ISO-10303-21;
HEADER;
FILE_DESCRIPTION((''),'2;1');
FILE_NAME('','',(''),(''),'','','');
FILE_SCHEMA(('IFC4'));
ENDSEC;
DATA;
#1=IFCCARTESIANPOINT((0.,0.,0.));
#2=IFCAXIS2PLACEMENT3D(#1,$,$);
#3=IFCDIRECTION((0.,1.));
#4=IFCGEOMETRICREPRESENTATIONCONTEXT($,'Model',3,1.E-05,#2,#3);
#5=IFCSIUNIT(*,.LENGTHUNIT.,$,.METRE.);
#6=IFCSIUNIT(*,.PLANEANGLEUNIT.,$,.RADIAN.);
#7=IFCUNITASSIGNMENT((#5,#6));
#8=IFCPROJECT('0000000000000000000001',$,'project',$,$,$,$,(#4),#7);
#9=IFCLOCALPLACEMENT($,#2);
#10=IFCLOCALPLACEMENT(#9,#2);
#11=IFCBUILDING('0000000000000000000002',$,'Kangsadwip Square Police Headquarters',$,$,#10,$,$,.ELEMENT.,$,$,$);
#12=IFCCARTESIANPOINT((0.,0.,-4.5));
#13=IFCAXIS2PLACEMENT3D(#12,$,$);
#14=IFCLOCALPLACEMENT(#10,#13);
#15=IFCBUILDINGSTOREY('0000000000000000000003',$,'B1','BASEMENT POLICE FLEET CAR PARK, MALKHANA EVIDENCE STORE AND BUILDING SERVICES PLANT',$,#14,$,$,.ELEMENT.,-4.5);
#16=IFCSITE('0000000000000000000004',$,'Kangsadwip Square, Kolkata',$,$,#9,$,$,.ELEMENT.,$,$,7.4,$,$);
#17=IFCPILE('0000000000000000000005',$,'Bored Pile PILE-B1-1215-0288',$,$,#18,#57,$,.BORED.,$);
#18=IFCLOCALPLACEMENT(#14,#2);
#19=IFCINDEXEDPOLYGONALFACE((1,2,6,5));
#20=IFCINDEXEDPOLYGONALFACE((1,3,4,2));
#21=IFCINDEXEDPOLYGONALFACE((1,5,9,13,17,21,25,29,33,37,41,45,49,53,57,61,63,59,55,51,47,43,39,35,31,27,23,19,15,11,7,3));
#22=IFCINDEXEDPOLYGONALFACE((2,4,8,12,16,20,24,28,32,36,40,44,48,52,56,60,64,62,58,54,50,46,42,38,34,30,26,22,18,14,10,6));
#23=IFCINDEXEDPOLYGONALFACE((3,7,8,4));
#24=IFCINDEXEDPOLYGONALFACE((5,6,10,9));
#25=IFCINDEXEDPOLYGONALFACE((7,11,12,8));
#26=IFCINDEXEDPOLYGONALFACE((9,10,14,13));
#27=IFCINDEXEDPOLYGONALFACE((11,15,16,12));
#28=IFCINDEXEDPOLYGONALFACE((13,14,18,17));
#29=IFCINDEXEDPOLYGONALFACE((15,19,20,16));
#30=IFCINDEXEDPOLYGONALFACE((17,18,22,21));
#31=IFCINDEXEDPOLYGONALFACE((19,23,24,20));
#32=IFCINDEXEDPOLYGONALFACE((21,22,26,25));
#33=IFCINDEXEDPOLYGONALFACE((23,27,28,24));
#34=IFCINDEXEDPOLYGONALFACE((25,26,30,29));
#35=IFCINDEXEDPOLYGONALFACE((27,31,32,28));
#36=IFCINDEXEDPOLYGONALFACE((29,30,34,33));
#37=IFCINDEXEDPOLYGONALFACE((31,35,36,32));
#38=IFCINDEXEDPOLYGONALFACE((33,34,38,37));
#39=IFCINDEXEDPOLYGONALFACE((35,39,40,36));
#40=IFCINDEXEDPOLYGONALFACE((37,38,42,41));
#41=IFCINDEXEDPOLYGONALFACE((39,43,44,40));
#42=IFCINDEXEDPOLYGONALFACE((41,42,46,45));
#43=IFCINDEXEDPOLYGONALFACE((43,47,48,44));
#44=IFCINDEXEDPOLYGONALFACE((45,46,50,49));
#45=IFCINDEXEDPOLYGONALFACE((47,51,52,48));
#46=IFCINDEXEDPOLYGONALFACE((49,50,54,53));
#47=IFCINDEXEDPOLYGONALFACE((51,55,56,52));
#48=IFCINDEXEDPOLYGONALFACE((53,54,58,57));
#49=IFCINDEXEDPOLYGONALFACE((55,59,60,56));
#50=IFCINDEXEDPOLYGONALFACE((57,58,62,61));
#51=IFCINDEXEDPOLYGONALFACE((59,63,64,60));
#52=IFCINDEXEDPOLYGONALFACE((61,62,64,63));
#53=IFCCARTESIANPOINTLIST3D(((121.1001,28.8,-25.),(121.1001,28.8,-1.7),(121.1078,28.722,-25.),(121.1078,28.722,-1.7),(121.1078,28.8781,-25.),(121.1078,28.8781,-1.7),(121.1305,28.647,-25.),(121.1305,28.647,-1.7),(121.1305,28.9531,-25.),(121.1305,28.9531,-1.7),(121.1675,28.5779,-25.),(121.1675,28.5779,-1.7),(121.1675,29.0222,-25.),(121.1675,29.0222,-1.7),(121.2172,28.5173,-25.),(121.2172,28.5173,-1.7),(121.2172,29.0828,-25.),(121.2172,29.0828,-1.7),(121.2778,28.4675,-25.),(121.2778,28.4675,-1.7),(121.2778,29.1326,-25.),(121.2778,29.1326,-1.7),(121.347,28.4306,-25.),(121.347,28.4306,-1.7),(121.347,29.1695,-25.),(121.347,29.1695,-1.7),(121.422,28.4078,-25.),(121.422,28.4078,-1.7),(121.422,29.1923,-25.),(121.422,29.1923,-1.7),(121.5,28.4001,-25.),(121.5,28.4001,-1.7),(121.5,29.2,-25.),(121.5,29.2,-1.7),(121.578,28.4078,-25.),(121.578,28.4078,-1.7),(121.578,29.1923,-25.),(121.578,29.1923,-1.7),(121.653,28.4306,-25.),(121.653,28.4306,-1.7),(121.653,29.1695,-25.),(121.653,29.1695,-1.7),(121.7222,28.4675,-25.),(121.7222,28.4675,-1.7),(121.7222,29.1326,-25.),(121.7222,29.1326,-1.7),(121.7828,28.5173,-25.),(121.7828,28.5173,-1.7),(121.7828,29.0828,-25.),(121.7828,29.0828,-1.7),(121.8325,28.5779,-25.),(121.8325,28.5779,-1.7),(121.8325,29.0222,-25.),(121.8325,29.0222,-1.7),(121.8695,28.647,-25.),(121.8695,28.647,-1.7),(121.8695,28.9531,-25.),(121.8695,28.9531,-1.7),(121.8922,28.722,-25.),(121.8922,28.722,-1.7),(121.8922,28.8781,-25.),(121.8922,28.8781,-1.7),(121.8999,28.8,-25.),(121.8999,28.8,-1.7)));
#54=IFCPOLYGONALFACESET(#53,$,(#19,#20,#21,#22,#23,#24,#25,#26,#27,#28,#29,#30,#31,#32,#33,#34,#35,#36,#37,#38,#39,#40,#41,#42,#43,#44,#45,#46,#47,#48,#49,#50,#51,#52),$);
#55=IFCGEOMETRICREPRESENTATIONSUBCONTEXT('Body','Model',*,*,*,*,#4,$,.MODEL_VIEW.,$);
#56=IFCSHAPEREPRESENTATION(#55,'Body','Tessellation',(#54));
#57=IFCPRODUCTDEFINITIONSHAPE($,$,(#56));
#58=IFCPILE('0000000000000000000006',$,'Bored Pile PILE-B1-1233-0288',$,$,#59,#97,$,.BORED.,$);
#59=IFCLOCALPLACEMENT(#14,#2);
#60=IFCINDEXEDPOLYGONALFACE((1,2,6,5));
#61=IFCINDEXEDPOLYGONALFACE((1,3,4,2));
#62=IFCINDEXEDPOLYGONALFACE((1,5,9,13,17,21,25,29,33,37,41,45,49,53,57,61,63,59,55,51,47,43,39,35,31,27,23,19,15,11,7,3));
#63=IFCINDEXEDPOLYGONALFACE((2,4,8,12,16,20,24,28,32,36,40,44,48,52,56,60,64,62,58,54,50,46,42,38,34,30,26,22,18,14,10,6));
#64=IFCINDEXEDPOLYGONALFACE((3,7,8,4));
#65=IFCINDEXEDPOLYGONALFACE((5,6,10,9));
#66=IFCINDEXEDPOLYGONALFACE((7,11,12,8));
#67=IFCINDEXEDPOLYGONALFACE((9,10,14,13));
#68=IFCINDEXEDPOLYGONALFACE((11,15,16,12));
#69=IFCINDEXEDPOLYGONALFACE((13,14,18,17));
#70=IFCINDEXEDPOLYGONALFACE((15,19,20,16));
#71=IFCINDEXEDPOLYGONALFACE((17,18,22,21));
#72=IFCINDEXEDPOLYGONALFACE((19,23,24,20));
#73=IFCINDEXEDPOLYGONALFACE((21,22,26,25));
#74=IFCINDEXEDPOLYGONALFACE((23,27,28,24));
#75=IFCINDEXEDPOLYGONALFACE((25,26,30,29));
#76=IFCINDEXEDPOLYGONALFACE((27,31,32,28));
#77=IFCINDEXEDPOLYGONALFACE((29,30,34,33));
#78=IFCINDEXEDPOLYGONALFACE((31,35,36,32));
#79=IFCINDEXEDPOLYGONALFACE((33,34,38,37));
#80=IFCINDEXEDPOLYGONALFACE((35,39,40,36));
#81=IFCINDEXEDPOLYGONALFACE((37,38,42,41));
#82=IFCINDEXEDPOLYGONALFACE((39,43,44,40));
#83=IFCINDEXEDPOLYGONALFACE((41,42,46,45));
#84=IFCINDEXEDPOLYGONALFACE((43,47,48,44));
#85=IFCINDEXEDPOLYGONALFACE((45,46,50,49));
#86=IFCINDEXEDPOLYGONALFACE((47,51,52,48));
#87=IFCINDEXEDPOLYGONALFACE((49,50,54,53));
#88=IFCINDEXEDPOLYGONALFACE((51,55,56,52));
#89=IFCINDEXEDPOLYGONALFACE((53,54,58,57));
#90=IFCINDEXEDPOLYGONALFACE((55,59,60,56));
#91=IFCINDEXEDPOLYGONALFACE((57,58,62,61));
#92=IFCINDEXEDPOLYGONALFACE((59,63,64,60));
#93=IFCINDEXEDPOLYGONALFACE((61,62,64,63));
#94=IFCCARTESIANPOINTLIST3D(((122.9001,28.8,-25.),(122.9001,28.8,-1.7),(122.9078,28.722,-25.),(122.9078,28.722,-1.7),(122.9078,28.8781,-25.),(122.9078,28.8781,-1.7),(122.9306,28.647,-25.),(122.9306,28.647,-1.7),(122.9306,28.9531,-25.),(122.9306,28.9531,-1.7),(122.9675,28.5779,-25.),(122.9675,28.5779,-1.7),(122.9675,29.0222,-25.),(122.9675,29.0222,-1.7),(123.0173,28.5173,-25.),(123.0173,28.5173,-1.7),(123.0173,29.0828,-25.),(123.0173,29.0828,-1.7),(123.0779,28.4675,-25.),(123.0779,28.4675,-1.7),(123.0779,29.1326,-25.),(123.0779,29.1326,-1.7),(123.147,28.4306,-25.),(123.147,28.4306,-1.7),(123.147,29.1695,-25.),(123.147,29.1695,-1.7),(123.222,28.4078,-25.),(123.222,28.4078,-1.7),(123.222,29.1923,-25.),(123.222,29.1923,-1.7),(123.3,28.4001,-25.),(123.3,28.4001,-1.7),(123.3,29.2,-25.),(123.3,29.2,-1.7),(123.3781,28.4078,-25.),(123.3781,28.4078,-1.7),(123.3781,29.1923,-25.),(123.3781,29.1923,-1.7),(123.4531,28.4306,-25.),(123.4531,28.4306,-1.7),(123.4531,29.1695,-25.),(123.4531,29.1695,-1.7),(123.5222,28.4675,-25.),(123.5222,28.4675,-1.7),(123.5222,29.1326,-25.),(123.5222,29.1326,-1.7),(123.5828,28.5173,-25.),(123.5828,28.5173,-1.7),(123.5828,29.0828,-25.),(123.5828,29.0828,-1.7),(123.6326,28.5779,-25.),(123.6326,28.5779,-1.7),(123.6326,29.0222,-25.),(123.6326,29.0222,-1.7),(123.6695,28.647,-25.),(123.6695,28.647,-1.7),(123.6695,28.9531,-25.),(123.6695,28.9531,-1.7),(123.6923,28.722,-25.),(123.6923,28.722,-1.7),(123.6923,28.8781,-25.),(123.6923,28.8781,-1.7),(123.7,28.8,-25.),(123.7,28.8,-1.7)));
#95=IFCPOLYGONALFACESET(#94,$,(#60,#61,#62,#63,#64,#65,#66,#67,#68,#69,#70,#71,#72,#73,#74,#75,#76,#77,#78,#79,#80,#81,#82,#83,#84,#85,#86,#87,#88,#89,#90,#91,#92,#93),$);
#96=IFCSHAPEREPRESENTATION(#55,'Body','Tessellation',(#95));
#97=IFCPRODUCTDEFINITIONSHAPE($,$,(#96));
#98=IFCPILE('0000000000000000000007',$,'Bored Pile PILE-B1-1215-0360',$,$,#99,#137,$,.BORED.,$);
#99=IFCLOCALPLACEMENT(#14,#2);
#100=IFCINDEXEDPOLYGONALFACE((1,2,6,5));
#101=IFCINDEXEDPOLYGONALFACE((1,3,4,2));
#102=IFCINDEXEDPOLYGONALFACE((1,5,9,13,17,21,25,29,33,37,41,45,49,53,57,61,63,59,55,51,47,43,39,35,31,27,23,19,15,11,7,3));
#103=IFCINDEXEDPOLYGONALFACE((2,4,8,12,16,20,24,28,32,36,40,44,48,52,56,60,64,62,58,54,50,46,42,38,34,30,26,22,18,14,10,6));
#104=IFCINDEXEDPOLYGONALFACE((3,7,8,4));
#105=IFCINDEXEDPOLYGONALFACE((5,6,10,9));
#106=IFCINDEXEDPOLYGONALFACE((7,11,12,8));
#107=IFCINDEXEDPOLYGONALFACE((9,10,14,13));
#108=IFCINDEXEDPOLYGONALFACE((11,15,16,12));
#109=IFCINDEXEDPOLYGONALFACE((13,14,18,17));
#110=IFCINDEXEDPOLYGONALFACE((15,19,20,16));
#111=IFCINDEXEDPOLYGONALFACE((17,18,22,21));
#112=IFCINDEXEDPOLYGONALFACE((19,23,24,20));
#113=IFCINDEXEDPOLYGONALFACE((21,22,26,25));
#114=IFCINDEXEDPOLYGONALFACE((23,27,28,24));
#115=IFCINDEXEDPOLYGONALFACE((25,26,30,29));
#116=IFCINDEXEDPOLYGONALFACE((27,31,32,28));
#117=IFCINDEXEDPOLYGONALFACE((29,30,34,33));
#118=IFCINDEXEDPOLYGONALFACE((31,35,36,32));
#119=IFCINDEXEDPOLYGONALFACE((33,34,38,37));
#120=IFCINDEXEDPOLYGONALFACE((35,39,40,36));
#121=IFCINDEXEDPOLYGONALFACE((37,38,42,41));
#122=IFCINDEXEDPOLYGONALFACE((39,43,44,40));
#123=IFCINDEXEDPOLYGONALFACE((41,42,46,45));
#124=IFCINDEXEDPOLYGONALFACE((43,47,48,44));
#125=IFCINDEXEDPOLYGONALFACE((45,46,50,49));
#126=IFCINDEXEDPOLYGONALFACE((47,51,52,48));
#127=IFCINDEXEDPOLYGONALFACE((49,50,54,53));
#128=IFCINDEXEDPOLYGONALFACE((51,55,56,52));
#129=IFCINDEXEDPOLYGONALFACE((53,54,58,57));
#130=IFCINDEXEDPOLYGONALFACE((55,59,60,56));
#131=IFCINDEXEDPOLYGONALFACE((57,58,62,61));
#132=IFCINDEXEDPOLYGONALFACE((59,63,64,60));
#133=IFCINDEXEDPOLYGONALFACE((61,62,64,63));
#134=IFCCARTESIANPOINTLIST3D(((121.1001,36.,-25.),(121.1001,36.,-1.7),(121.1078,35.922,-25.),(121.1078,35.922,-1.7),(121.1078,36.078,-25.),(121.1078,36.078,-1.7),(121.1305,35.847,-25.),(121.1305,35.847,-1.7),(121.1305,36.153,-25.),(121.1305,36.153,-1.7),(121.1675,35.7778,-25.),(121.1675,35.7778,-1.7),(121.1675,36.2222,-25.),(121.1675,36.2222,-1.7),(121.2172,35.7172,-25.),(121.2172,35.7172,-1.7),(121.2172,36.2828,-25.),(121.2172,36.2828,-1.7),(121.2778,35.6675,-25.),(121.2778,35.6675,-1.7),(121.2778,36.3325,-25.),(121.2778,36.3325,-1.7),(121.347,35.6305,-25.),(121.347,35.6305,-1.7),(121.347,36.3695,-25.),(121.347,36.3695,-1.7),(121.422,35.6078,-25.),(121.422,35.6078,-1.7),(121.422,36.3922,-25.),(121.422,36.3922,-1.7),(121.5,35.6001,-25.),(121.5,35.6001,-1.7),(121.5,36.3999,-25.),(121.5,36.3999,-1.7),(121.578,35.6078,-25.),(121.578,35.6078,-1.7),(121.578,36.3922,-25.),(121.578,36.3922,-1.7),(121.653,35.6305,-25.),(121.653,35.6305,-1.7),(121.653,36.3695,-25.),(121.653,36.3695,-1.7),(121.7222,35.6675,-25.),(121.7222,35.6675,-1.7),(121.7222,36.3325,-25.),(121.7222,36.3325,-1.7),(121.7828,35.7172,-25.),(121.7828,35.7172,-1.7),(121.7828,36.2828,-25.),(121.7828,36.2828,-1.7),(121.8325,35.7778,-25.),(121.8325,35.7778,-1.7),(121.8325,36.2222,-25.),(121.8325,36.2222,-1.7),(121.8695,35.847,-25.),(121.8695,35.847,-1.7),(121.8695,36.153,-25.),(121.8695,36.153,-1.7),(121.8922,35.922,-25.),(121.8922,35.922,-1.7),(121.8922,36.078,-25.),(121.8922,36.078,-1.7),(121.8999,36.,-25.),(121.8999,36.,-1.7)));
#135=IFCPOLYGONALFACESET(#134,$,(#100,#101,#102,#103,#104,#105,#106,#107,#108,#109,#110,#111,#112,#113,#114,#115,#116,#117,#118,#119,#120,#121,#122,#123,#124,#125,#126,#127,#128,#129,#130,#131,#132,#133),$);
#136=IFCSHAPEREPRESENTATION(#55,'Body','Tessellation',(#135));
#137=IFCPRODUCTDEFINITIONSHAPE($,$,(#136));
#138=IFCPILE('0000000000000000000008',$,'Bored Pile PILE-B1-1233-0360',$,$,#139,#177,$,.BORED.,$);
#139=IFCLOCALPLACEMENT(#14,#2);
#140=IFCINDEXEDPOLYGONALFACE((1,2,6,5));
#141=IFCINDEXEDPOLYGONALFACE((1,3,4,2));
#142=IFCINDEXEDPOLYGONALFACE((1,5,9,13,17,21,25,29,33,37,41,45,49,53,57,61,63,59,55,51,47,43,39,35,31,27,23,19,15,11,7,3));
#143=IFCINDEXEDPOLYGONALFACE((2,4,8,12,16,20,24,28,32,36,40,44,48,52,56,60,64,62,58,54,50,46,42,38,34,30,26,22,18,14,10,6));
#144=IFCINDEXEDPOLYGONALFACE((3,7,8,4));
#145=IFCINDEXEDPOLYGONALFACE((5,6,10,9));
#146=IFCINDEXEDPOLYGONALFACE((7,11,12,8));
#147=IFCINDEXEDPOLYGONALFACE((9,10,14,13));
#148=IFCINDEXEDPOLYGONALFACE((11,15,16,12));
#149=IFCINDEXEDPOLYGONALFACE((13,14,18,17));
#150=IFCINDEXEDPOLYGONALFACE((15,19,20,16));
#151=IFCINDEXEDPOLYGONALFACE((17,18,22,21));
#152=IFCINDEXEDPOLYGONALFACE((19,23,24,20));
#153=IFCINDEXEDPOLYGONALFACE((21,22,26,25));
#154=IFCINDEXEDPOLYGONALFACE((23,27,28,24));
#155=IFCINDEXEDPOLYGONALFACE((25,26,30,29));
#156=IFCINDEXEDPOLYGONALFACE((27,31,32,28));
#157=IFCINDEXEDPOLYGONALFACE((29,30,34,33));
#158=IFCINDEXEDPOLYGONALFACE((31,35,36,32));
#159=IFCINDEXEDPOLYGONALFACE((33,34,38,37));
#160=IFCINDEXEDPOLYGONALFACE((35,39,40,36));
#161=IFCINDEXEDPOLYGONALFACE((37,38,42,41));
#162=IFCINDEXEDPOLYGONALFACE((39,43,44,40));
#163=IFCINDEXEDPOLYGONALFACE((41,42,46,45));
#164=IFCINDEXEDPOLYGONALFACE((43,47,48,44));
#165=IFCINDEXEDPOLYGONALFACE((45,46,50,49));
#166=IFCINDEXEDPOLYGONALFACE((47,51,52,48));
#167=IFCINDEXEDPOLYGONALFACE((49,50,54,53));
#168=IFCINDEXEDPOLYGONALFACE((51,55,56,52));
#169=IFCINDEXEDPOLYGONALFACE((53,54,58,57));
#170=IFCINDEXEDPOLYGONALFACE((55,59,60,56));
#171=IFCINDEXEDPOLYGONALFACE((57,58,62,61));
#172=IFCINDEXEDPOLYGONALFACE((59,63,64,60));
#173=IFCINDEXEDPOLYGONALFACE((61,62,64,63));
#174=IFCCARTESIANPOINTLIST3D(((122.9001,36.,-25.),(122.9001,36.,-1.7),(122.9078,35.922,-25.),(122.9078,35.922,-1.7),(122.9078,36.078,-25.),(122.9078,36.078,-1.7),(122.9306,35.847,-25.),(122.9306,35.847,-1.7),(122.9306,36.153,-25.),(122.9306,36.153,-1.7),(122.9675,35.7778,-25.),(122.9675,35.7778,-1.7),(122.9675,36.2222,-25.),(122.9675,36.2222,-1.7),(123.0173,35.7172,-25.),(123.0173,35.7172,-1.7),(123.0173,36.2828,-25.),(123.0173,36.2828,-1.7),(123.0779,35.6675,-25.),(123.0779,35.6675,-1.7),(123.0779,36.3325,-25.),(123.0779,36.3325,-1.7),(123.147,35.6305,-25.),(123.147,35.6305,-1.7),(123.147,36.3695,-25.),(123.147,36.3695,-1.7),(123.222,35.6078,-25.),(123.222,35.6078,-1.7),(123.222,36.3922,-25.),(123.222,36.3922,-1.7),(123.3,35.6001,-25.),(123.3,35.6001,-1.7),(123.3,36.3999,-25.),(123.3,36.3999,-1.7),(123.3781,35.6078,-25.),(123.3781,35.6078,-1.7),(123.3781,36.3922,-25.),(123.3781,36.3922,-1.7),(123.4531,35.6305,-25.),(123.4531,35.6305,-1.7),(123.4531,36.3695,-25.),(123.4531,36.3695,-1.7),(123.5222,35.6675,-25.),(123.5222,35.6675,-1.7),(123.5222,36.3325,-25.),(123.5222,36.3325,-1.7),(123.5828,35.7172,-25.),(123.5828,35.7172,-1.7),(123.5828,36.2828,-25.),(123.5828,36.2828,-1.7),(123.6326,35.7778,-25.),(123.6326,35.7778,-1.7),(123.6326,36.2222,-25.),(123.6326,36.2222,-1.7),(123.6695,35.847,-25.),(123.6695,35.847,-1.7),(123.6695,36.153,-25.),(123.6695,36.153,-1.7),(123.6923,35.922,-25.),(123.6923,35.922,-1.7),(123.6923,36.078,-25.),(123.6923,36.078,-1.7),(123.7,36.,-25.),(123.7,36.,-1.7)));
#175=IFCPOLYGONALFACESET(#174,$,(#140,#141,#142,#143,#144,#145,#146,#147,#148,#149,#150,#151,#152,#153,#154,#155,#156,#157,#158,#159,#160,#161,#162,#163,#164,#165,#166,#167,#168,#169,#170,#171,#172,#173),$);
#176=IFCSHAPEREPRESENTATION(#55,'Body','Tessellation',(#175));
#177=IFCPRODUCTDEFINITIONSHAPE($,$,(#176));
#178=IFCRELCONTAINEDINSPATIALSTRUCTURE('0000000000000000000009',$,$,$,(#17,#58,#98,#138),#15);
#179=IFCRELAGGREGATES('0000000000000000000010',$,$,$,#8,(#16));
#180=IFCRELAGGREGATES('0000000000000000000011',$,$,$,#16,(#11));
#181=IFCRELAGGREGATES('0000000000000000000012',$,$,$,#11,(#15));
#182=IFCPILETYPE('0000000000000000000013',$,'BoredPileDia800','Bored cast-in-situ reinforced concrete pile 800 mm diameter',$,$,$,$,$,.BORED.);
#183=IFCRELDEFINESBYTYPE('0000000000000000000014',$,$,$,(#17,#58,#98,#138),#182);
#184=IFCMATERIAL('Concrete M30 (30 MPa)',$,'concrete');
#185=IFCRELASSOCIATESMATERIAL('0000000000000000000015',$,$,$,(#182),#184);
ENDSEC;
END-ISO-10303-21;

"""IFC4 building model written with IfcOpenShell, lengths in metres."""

from ifc_helpers import new_model, si_unit, direction, frame, origin, origin_2d, place, context, subcontext, project, spatial, circle, extrude, material, material_profile, profile_set, type_object, element, save


model = new_model("IFC4")

# Units and contexts
model_context = context("Model", 3, precision=1e-05, world=origin(), true_north=direction((0.0, 1.0)))
body_context = subcontext(model_context, "Body", "Model", "MODEL_VIEW")
ifc_project = project(units=[si_unit("LENGTHUNIT", "METRE"), si_unit("PLANEANGLEUNIT", "RADIAN")], contexts=[model_context])

# Site, building, storey
site_placement = place(None, origin())
site = spatial("IfcSite", under=ifc_project, at=site_placement, Name="Kangsadwip Square, Kolkata", CompositionType="ELEMENT", RefElevation=7.4)
building_placement = place(site_placement, origin())
building = spatial("IfcBuilding", under=site, at=building_placement, Name="Kangsadwip Square Police Headquarters", CompositionType="ELEMENT")
storey_placement = place(building_placement, frame((0.0, 0.0, -4.5)))
storey = spatial("IfcBuildingStorey", under=building, at=storey_placement, Name="B1", Description="BASEMENT POLICE FLEET CAR PARK, MALKHANA EVIDENCE STORE AND BUILDING SERVICES PLANT", CompositionType="ELEMENT", Elevation=-4.5)

# Piles
ifc_material_1 = material(Name="Concrete M30 (30 MPa)", Category="concrete")
ifc_material_profile_1 = material_profile(ifc_material_1, circle(Radius=0.3999, at=origin_2d()), Name="PILE DIA 800")
ifc_profile_set_1 = profile_set([ifc_material_profile_1], Name="Concrete M30 (30 MPa)")
pile_type = type_object("IfcPileType", Name="BoredPileDia800", Description="Bored cast-in-situ reinforced concrete pile 800 mm diameter", PredefinedType="BORED", material=ifc_profile_set_1)
for number, where, z_axis, x_axis, name in (
    (1, (121.5, 28.8, -1.7), (0.0, 0.0, -1.0), (1.0, 0.0, 0.0), "Bored Pile PILE-B1-1215-0288"),
    (2, (123.3, 28.8, -1.7), (0.0, 0.0, -1.0), (1.0, 0.0, 0.0), "Bored Pile PILE-B1-1233-0288"),
    (3, (121.5, 36.0, -1.7), (0.0, 0.0, -1.0), (1.0, 0.0, 0.0), "Bored Pile PILE-B1-1215-0360"),
    (4, (123.3, 36.0, -1.7), (0.0, 0.0, -1.0), (1.0, 0.0, 0.0), "Bored Pile PILE-B1-1233-0360"),
):
    element("IfcPile", number, at=place(storey_placement, frame(where, z_axis=z_axis, x_axis=x_axis)), inside=storey, type_object=pile_type, Name=name, PredefinedType="BORED", context=body_context, shape_type="SweptSolid", body=[
        extrude(circle(Radius=0.3999, at=origin_2d()), origin(), (0.0, 0.0, 1.0), 23.3),
    ])

save(model, "model.ifc")
